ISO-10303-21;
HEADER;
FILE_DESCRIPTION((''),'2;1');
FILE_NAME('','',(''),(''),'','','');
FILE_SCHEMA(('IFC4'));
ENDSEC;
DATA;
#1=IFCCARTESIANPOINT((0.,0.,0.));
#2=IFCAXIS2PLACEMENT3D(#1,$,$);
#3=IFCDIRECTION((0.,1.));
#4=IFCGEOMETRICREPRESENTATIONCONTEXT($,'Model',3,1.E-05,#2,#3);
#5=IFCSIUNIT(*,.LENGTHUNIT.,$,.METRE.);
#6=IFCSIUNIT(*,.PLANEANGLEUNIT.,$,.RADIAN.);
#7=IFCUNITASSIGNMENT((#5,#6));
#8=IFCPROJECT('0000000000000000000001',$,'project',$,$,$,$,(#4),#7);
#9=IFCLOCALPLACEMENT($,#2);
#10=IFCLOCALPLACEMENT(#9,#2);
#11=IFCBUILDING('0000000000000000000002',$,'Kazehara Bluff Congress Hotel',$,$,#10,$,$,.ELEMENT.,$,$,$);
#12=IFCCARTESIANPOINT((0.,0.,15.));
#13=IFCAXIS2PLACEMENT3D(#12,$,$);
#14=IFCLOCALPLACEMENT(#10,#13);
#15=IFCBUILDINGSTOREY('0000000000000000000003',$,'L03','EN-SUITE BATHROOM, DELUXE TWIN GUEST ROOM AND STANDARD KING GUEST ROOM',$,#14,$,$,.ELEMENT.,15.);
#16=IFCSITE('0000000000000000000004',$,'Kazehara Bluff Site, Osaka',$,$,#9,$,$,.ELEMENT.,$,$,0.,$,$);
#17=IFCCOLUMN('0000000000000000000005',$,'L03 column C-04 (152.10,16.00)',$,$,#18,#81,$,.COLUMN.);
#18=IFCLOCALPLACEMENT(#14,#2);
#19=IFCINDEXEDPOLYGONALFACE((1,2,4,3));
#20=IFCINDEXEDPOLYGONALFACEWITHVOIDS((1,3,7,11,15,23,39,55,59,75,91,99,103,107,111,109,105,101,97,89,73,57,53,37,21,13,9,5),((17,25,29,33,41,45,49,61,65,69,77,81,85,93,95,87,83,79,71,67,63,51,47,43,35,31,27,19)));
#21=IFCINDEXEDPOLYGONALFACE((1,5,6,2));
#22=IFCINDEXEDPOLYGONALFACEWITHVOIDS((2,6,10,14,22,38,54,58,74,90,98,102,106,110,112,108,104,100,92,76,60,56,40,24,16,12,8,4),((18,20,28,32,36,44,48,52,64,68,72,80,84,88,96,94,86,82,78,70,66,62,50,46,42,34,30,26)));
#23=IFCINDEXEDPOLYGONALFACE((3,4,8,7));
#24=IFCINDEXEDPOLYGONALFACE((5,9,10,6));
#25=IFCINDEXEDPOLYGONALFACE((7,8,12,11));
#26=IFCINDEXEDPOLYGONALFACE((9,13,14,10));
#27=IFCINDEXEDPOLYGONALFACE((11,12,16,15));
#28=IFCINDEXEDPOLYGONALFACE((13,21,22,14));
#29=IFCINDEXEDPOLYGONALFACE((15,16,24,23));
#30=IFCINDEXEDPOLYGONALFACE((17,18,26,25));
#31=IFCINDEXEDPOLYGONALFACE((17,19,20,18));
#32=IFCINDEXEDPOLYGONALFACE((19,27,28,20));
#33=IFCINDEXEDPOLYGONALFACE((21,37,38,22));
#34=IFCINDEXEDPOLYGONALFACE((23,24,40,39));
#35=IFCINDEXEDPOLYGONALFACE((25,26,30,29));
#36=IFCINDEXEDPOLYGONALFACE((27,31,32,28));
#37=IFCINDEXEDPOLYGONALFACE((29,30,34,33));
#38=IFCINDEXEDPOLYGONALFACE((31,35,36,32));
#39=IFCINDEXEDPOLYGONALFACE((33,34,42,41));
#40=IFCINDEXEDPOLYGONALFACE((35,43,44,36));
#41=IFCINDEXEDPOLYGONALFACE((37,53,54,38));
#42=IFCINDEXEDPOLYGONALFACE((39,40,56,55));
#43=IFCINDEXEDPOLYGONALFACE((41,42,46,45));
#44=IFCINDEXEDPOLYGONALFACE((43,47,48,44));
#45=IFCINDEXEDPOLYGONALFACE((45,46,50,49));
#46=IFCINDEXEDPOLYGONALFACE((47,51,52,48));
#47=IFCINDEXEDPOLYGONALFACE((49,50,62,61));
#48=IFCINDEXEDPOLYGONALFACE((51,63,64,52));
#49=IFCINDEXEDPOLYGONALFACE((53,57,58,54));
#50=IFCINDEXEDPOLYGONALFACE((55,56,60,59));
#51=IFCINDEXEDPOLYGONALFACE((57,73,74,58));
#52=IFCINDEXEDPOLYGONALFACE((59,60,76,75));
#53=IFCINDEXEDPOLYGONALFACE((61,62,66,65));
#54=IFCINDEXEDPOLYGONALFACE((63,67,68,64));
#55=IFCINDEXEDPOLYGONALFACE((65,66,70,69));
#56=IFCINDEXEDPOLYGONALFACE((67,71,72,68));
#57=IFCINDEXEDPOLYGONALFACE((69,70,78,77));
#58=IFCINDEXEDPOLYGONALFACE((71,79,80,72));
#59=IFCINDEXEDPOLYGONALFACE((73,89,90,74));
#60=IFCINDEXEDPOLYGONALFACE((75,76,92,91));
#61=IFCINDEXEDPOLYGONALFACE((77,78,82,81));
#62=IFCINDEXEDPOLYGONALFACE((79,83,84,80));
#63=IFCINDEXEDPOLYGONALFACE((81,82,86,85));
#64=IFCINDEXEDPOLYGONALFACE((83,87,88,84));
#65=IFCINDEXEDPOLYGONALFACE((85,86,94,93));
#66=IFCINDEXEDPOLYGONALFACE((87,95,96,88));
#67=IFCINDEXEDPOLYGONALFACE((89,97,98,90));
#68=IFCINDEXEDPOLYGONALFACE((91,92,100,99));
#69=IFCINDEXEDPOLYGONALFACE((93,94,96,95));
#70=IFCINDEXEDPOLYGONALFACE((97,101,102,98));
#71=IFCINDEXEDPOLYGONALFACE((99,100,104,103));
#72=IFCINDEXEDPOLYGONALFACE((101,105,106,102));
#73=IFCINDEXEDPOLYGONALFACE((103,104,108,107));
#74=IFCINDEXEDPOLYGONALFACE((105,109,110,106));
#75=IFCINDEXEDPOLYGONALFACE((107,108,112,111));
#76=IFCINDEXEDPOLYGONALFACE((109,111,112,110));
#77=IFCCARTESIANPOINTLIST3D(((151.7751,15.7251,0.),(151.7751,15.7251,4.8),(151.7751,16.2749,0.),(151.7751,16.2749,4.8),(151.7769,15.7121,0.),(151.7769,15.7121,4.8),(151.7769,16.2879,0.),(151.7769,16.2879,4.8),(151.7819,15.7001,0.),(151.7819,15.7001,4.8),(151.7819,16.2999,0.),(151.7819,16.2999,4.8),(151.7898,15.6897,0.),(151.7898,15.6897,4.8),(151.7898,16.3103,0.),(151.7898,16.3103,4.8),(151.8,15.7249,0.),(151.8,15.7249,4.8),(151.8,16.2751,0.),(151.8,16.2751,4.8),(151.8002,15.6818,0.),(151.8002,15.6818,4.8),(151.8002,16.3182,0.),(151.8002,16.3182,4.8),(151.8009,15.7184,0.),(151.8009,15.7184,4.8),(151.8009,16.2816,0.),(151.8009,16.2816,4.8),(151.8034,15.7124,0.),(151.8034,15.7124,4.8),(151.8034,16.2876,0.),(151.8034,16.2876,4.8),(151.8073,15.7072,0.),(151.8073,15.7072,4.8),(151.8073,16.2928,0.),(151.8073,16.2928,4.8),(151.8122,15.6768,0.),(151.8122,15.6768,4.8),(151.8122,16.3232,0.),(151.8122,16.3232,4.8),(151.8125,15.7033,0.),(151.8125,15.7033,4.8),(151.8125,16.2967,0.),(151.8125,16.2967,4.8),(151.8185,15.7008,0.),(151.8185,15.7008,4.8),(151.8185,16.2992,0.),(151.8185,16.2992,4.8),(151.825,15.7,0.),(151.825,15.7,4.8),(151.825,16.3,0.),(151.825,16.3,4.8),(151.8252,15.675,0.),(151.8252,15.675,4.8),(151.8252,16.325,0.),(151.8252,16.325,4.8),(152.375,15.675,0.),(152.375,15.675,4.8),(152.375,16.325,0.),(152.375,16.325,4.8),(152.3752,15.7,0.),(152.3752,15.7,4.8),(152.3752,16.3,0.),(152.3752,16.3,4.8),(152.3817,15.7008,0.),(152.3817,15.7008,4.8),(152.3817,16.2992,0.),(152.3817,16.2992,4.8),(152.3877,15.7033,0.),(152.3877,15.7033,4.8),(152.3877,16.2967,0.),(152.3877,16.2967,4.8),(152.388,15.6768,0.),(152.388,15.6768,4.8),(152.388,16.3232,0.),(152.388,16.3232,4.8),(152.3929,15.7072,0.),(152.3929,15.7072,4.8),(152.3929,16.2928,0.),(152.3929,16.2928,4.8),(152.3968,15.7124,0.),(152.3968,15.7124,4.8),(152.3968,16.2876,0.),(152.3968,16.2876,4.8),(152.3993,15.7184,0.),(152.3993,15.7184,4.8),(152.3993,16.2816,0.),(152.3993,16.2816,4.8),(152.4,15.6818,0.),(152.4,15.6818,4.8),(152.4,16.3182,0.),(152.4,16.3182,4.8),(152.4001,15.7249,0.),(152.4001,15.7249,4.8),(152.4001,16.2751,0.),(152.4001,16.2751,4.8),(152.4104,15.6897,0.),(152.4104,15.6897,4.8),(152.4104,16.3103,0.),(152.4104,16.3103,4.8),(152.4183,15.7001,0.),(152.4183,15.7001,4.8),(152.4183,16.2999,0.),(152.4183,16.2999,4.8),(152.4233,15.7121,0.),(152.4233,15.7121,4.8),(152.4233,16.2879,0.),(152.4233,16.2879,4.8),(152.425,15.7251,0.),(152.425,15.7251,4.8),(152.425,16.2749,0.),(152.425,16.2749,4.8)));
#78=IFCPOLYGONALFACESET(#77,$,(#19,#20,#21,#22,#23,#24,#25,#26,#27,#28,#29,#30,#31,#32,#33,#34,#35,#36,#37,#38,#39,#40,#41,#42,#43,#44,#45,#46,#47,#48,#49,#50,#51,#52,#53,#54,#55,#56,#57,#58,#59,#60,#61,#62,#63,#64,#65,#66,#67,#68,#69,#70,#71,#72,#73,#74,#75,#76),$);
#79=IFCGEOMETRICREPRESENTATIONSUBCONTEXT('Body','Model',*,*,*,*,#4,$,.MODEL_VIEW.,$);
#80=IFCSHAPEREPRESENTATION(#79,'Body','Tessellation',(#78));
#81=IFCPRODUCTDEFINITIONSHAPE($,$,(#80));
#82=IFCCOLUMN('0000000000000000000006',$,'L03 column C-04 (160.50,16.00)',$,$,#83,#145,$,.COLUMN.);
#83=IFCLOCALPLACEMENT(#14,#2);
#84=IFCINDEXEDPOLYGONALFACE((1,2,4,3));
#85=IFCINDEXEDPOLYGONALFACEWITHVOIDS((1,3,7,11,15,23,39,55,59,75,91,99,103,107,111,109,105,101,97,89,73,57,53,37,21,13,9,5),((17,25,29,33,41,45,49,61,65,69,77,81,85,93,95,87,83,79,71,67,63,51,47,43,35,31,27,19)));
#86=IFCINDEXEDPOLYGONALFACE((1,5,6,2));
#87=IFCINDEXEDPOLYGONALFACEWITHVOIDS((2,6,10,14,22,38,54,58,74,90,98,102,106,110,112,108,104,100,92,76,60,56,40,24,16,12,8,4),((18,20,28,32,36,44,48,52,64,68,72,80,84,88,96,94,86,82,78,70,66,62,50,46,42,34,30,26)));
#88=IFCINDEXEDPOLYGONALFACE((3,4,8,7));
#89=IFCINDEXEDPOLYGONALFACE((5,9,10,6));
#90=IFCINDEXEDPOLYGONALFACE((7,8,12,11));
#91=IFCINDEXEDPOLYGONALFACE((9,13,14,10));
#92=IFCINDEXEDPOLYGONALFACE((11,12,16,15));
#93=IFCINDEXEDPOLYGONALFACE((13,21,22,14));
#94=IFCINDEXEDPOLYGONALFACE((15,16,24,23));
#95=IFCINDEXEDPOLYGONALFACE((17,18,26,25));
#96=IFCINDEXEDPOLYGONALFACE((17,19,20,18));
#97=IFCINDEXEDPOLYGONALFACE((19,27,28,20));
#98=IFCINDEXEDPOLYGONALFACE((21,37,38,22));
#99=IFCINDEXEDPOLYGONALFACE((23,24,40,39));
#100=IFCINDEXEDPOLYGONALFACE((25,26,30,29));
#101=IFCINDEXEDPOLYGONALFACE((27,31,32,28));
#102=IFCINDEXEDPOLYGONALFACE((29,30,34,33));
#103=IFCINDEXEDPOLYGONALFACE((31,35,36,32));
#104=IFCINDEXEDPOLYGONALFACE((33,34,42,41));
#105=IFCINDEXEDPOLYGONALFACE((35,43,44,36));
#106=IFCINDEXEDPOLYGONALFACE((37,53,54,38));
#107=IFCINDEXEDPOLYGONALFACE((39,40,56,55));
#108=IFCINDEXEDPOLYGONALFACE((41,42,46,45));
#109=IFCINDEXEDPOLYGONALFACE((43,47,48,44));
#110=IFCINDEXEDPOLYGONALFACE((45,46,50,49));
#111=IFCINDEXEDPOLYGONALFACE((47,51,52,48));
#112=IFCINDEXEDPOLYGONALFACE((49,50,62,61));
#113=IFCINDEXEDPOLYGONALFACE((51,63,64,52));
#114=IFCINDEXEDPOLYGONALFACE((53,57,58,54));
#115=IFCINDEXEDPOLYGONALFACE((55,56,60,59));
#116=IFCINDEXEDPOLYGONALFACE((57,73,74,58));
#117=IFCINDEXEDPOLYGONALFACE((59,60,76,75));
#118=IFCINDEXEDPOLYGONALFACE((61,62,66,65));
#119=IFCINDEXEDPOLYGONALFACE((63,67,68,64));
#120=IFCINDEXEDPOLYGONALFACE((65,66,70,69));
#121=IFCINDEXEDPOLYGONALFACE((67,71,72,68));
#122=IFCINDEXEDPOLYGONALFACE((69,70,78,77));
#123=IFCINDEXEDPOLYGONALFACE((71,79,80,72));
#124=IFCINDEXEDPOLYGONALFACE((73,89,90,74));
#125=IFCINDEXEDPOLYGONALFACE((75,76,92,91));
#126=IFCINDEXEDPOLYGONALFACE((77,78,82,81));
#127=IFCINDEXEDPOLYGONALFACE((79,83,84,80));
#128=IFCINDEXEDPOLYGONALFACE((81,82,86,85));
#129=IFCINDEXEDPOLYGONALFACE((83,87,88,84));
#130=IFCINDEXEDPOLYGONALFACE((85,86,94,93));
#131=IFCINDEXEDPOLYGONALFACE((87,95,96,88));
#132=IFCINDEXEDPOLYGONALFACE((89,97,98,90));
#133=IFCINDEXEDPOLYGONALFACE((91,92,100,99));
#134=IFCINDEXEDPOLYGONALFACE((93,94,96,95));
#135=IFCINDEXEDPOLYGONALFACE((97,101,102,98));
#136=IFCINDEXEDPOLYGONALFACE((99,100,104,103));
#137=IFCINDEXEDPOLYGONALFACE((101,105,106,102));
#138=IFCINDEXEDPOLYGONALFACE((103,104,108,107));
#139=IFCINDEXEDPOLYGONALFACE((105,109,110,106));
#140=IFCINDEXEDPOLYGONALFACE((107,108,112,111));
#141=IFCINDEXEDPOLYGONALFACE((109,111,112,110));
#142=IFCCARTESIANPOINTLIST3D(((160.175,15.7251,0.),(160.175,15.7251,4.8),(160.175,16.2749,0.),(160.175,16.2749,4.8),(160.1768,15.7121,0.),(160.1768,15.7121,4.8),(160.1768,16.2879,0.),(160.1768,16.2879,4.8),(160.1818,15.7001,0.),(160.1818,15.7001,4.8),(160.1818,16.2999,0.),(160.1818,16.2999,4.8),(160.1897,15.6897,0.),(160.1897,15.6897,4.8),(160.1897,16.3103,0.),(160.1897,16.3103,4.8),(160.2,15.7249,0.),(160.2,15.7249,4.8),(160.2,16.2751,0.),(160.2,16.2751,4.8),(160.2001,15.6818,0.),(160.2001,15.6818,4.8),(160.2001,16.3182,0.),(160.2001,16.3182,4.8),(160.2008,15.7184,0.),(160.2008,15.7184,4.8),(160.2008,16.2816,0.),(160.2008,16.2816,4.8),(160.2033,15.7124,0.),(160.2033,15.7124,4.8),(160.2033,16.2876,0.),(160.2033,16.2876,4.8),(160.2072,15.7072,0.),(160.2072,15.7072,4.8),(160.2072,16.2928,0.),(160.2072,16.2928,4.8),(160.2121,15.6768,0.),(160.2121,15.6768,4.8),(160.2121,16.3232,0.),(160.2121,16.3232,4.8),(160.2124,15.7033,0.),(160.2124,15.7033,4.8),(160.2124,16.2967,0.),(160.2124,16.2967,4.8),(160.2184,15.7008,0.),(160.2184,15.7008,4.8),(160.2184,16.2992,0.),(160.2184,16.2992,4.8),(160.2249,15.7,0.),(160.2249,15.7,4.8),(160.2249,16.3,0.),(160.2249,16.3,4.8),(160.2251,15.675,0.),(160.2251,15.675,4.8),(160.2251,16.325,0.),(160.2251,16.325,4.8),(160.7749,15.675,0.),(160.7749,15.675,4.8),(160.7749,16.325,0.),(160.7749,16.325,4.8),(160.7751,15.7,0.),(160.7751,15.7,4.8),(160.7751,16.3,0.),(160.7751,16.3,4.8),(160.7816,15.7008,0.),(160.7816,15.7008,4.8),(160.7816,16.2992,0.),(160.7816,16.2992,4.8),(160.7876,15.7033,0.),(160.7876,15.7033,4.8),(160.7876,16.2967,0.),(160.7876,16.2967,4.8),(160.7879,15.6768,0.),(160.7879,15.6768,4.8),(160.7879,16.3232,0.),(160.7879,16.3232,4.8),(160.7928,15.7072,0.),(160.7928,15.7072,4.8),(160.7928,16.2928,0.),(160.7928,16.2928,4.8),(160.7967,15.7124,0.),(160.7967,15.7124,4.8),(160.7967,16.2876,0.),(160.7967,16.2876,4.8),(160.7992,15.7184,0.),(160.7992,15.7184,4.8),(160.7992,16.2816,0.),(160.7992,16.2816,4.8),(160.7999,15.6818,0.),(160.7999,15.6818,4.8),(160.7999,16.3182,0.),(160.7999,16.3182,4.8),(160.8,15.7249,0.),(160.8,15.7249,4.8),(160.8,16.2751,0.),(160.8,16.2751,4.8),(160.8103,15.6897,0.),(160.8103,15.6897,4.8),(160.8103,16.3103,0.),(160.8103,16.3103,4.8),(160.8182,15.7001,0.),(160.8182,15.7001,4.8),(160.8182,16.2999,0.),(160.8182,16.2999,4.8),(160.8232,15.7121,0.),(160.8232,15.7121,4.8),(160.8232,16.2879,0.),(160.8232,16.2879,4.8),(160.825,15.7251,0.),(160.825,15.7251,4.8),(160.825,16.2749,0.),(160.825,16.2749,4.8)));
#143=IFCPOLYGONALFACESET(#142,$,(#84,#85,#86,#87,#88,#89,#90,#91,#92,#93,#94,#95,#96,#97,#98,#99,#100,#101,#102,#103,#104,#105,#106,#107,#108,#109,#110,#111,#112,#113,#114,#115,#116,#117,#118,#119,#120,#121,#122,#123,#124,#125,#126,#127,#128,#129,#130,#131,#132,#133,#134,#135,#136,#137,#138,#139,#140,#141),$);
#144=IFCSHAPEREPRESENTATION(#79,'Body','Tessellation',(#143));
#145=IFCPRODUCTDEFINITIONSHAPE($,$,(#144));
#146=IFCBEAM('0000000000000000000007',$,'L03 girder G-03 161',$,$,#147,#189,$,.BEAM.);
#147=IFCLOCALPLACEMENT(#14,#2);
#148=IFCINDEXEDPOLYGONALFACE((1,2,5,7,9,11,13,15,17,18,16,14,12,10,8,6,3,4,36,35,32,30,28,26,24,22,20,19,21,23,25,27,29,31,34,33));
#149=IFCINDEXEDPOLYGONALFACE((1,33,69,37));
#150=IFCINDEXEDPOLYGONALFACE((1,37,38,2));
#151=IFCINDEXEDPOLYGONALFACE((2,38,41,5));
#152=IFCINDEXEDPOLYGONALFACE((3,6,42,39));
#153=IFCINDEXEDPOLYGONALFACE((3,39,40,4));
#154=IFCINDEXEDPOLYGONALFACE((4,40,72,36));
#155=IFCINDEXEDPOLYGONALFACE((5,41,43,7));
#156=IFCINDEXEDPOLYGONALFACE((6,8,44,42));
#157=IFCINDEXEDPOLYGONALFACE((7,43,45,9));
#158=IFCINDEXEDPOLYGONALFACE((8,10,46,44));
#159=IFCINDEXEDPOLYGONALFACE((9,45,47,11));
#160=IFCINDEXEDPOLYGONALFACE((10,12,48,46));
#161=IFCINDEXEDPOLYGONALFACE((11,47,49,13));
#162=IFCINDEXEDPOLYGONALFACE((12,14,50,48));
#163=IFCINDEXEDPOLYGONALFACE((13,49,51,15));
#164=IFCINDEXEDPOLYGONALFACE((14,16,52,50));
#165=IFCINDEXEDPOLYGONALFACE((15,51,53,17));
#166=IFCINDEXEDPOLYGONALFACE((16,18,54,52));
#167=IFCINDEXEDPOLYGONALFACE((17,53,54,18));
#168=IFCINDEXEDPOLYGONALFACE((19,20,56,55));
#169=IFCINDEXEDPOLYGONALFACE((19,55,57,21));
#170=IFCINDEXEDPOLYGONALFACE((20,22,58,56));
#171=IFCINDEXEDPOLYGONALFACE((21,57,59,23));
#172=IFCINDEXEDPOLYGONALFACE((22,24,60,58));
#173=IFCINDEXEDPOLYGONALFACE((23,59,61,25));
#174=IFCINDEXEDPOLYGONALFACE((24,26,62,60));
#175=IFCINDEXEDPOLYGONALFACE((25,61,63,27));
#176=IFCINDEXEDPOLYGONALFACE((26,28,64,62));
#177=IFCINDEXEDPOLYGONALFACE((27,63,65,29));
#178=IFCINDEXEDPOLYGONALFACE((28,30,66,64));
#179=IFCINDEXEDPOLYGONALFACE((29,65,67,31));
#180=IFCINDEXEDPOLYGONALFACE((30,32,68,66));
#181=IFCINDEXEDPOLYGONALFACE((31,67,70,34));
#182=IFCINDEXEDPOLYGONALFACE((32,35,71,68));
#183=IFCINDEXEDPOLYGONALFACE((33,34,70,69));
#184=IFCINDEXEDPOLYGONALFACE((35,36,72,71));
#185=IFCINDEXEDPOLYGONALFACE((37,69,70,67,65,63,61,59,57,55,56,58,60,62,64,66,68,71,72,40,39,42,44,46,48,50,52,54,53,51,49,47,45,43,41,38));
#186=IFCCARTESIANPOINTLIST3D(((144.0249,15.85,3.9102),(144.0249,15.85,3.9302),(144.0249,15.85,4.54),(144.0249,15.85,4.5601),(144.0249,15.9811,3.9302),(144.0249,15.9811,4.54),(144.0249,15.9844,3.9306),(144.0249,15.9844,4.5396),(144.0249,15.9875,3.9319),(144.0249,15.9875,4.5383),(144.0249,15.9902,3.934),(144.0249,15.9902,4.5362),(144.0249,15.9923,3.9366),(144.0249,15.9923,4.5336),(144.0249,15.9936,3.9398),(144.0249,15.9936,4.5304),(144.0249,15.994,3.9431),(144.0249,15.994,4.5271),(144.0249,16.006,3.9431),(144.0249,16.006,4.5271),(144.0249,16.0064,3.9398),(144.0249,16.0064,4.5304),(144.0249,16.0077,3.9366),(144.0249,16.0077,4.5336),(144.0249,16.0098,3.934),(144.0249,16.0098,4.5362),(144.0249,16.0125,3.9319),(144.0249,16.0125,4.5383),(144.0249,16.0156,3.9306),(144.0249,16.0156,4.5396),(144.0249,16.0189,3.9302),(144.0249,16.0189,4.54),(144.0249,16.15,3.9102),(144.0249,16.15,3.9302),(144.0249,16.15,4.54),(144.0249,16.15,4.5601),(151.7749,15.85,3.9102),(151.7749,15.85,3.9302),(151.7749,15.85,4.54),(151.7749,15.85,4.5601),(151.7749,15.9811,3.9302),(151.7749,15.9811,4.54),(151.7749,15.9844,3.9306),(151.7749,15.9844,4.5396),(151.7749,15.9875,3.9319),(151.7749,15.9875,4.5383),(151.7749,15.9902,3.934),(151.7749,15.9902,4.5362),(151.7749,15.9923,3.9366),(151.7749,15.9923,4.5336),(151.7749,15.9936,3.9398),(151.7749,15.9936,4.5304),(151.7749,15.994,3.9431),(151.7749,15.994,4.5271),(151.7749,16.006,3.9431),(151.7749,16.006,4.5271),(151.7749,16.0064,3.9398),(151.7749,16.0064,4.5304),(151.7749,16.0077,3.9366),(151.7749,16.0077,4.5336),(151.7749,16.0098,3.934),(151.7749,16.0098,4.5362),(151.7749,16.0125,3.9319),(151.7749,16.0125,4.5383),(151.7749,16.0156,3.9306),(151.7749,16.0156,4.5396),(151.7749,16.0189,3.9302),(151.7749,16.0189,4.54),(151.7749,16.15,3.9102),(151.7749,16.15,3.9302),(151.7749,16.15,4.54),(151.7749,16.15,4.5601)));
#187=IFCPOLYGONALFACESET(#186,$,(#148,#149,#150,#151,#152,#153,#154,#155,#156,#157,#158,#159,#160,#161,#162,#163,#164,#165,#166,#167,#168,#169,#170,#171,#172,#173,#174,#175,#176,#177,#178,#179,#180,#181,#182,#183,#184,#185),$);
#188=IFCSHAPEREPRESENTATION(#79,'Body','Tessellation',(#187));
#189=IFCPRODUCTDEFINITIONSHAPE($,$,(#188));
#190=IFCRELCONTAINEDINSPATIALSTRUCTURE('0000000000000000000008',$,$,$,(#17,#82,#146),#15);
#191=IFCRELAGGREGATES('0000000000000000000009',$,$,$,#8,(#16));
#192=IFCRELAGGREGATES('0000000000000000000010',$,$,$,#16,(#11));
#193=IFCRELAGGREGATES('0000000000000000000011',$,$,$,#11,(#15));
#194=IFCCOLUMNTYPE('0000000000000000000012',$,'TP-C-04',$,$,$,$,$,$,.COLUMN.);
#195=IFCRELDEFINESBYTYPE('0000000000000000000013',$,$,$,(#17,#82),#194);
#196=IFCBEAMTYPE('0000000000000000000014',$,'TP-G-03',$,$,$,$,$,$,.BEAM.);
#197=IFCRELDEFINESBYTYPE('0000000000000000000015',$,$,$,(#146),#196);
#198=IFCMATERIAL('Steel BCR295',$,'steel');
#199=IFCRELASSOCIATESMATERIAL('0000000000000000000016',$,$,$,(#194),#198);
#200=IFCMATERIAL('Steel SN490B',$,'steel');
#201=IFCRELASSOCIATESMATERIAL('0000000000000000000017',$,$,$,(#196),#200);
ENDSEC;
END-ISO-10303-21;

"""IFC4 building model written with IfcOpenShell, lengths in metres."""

from ifc_helpers import new_model, si_unit, direction, frame, origin, origin_2d, place, context, subcontext, project, spatial, hollow_rectangle, i_section, extrude, material, material_profile, profile_set, type_object, element, save


model = new_model("IFC4")

# Units and contexts
model_context = context("Model", 3, precision=1e-05, world=origin(), true_north=direction((0.0, 1.0)))
body_context = subcontext(model_context, "Body", "Model", "MODEL_VIEW")
ifc_project = project(units=[si_unit("LENGTHUNIT", "METRE"), si_unit("PLANEANGLEUNIT", "RADIAN")], contexts=[model_context])

# Site, building, storey
site_placement = place(None, origin())
site = spatial("IfcSite", under=ifc_project, at=site_placement, Name="Kazehara Bluff Site, Osaka", CompositionType="ELEMENT", RefElevation=0.0)
building_placement = place(site_placement, origin())
building = spatial("IfcBuilding", under=site, at=building_placement, Name="Kazehara Bluff Congress Hotel", CompositionType="ELEMENT")
storey_placement = place(building_placement, frame((0.0, 0.0, 15.0)))
storey = spatial("IfcBuildingStorey", under=building, at=storey_placement, Name="L03", Description="EN-SUITE BATHROOM, DELUXE TWIN GUEST ROOM AND STANDARD KING GUEST ROOM", CompositionType="ELEMENT", Elevation=15.0)

# Columns
ifc_material_1 = material(Name="Steel BCR295", Category="steel")
ifc_material_profile_1 = material_profile(ifc_material_1, hollow_rectangle(XDim=0.6499, YDim=0.6499, WallThickness=0.0249, InnerFilletRadius=0.0249, OuterFilletRadius=0.05, at=origin_2d()))
ifc_profile_set_1 = profile_set([ifc_material_profile_1], Name="Steel BCR295")
column_type = type_object("IfcColumnType", Name="TP-C-04", PredefinedType="COLUMN", material=ifc_profile_set_1)
for number, where, z_axis, x_axis, name in (
    (1, (152.1001, 16.0, 0.0), (0.0, 0.0, 1.0), (1.0, 0.0, 0.0), "L03 column C-04 (152.10,16.00)"),
    (2, (160.5, 16.0, 0.0), (0.0, 0.0, 1.0), (1.0, 0.0, 0.0), "L03 column C-04 (160.50,16.00)"),
):
    element("IfcColumn", number, at=place(storey_placement, frame(where, z_axis=z_axis, x_axis=x_axis)), inside=storey, type_object=column_type, Name=name, PredefinedType="COLUMN", context=body_context, shape_type="SweptSolid", body=[
        extrude(hollow_rectangle(XDim=0.6499, YDim=0.6499, WallThickness=0.0249, InnerFilletRadius=0.0249, OuterFilletRadius=0.05, at=origin_2d()), origin(), (0.0, 0.0, 1.0), 4.8),
    ])

# Beam
ifc_material_2 = material(Name="Steel SN490B", Category="steel")
ifc_material_profile_2 = material_profile(ifc_material_2, i_section(OverallWidth=0.3, OverallDepth=0.6499, WebThickness=0.012, FlangeThickness=0.02, FilletRadius=0.0129, at=origin_2d()))
ifc_profile_set_2 = profile_set([ifc_material_profile_2], Name="Steel SN490B")
beam_type_1 = type_object("IfcBeamType", Name="TP-G-03", PredefinedType="BEAM", material=ifc_profile_set_2)
for number, where, z_axis, x_axis, name in (
    (3, (144.0249, 16.0, 4.2351), (1.0, 0.0, 0.0), (0.0, 1.0, 0.0), "L03 girder G-03 161"),
):
    element("IfcBeam", number, at=place(storey_placement, frame(where, z_axis=z_axis, x_axis=x_axis)), inside=storey, type_object=beam_type_1, Name=name, PredefinedType="BEAM", context=body_context, shape_type="SweptSolid", body=[
        extrude(i_section(OverallWidth=0.3, OverallDepth=0.6499, WebThickness=0.012, FlangeThickness=0.02, FilletRadius=0.0129, at=origin_2d()), origin(), (0.0, 0.0, 1.0), 7.75),
    ])

save(model, "model.ifc")
